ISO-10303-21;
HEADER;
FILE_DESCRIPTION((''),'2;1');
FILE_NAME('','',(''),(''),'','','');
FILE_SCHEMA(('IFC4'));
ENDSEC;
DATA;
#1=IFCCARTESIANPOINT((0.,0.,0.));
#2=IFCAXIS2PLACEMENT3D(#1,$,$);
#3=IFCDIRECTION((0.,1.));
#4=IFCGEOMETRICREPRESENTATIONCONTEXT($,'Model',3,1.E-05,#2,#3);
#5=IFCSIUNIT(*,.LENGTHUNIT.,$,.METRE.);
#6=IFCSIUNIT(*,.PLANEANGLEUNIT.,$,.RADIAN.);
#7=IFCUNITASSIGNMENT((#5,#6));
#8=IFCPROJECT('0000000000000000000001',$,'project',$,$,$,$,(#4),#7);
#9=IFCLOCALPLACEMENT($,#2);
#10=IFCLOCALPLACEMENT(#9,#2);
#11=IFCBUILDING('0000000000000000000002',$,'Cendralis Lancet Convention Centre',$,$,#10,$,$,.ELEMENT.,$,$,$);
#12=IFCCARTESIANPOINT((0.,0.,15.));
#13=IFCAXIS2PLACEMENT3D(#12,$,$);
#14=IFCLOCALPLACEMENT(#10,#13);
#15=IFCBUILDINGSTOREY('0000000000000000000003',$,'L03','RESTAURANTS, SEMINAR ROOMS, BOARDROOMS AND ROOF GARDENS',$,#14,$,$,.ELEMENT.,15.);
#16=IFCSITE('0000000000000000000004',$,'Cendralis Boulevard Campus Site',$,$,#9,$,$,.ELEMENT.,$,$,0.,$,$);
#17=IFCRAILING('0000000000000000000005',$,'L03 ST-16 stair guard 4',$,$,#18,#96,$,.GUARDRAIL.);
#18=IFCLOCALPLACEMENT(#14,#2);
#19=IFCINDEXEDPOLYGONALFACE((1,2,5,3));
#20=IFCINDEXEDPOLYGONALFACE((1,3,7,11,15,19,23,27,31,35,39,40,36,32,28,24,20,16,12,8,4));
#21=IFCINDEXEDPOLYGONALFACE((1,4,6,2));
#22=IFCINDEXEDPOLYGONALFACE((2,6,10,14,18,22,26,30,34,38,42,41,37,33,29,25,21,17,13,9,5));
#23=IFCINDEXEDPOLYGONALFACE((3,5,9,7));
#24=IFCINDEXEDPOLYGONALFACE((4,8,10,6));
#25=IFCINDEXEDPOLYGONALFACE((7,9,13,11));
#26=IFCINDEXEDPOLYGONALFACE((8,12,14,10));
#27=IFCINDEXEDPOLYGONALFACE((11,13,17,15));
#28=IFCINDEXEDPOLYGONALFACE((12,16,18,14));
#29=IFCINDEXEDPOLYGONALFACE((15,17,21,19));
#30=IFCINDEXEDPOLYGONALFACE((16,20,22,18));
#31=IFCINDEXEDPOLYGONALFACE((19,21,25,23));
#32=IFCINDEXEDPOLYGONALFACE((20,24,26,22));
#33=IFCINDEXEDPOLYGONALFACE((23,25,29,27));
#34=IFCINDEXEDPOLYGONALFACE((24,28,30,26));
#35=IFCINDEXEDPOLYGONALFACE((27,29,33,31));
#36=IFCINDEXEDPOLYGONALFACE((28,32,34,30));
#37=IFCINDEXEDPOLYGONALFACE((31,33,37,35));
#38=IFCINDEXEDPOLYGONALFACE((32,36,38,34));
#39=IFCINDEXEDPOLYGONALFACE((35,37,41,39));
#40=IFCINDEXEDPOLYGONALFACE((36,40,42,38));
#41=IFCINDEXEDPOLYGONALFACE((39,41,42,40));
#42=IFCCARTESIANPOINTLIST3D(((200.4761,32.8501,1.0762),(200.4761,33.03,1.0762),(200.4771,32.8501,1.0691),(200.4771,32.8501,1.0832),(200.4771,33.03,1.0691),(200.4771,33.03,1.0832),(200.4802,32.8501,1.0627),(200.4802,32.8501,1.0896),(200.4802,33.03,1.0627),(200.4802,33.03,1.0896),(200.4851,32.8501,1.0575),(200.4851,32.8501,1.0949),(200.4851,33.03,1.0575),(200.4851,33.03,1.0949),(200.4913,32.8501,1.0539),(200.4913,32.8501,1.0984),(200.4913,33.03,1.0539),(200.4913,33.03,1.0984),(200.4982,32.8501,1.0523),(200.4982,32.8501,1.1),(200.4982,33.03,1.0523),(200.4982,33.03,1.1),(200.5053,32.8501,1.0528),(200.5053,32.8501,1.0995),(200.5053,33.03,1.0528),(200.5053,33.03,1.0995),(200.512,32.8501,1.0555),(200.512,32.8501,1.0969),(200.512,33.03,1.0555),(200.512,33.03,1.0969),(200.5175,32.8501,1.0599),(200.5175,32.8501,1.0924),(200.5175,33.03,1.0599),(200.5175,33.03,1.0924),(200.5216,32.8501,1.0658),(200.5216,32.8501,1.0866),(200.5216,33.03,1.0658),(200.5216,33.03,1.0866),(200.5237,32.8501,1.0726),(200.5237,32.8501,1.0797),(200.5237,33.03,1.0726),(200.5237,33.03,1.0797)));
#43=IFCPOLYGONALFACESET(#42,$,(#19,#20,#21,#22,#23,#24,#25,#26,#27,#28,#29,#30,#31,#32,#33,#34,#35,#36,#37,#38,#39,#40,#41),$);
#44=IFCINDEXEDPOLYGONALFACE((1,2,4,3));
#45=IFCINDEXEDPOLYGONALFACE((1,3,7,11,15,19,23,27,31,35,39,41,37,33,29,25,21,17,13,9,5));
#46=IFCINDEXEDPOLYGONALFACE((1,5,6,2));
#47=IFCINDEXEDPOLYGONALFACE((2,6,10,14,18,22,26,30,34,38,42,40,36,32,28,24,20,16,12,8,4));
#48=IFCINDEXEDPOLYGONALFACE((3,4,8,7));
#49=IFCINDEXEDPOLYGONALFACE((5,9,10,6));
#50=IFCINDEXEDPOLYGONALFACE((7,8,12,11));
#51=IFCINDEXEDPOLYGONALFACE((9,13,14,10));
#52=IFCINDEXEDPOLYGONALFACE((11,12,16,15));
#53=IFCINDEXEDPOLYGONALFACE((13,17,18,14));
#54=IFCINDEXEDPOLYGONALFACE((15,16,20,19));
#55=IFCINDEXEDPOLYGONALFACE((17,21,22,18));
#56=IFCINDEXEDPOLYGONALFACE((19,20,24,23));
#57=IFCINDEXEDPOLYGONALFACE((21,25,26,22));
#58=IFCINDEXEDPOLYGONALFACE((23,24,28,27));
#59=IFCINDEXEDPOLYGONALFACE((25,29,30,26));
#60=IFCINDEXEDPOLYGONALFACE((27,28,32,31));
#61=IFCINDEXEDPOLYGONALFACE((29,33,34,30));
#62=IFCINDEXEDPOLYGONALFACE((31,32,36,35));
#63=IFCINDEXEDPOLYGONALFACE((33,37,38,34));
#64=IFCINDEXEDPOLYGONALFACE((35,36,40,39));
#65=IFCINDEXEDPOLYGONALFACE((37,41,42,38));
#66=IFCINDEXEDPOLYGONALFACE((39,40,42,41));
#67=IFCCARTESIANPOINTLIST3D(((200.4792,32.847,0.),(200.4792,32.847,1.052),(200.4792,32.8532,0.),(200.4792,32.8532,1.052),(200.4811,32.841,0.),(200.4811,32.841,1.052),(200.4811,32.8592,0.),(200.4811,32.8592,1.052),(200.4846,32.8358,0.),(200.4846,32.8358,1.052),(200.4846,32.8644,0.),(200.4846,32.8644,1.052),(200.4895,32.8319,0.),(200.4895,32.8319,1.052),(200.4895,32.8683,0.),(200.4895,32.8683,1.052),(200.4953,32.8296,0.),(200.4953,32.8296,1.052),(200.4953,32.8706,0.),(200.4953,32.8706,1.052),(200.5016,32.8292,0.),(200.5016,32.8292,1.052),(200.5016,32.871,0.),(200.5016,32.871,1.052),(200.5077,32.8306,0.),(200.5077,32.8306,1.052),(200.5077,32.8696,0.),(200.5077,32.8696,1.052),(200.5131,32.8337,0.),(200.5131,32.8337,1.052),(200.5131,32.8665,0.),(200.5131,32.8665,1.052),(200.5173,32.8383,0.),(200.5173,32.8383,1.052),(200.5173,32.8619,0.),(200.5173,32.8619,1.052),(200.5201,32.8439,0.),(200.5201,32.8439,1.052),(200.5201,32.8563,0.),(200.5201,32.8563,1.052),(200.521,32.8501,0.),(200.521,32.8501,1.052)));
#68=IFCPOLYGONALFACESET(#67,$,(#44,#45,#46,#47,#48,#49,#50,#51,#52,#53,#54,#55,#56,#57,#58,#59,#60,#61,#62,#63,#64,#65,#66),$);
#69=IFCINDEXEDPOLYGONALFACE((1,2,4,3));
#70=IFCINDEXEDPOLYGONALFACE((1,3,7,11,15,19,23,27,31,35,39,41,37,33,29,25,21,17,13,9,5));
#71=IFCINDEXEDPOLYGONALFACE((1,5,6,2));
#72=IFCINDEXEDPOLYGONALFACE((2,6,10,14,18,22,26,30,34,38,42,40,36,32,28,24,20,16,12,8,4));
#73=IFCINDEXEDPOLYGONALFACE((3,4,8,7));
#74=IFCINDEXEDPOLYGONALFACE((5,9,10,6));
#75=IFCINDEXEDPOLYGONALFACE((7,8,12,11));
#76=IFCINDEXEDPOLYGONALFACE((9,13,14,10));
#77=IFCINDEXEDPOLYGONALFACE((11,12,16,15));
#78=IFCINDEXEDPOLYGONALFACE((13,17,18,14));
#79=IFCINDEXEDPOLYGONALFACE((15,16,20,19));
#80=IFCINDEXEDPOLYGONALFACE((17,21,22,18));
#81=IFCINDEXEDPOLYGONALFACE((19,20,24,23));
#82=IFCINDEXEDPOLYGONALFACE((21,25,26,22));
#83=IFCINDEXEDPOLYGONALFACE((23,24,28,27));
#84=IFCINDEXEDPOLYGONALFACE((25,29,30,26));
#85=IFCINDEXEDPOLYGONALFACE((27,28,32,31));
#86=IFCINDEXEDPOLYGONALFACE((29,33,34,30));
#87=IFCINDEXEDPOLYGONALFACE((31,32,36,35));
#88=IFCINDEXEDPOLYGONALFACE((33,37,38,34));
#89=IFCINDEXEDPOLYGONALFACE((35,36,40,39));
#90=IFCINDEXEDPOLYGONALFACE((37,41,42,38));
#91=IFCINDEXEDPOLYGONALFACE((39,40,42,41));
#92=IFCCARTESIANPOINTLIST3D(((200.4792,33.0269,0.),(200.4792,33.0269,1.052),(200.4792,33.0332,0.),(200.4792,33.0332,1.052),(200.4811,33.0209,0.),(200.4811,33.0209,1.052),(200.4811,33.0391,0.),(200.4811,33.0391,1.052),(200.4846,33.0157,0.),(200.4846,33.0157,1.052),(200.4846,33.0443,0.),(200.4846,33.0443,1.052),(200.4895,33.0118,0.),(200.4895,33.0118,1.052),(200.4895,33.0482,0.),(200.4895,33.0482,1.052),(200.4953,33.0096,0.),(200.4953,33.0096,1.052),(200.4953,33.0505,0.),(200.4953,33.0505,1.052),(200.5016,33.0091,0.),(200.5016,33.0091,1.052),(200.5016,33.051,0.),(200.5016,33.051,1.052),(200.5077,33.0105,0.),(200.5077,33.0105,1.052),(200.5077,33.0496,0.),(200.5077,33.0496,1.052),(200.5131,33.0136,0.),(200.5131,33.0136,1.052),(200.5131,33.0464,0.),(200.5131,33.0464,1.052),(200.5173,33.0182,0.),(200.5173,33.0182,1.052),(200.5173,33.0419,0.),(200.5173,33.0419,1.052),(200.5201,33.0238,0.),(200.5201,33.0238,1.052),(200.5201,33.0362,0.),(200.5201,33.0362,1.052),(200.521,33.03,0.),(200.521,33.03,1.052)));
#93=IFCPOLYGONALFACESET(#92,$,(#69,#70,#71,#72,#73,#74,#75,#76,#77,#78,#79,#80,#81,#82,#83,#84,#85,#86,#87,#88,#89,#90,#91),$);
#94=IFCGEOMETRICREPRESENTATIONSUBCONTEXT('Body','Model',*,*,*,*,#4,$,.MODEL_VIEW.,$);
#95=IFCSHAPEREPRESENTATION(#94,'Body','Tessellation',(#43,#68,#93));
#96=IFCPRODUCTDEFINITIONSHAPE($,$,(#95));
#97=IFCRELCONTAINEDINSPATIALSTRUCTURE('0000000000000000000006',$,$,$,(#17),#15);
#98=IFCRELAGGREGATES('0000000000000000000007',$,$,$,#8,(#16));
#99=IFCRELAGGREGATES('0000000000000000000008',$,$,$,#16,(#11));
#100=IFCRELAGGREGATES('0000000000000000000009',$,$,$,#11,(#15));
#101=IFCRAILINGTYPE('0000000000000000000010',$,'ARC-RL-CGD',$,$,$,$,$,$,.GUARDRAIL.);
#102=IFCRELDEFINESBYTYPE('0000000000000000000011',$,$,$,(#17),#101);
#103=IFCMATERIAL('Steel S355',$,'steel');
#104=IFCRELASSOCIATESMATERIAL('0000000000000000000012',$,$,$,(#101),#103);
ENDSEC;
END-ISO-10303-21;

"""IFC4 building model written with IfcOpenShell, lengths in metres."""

from ifc_helpers import new_model, si_unit, direction, frame, origin, origin_2d, place, context, subcontext, project, spatial, circle, extrude, material, type_object, element, save


model = new_model("IFC4")

# Units and contexts
model_context = context("Model", 3, precision=1e-05, world=origin(), true_north=direction((0.0, 1.0)))
body_context = subcontext(model_context, "Body", "Model", "MODEL_VIEW")
ifc_project = project(units=[si_unit("LENGTHUNIT", "METRE"), si_unit("PLANEANGLEUNIT", "RADIAN")], contexts=[model_context])

# Site, building, storey
site_placement = place(None, origin())
site = spatial("IfcSite", under=ifc_project, at=site_placement, Name="Cendralis Boulevard Campus Site", CompositionType="ELEMENT", RefElevation=0.0)
building_placement = place(site_placement, origin())
building = spatial("IfcBuilding", under=site, at=building_placement, Name="Cendralis Lancet Convention Centre", CompositionType="ELEMENT")
storey_placement = place(building_placement, frame((0.0, 0.0, 15.0)))
storey = spatial("IfcBuildingStorey", under=building, at=storey_placement, Name="L03", Description="RESTAURANTS, SEMINAR ROOMS, BOARDROOMS AND ROOF GARDENS", CompositionType="ELEMENT", Elevation=15.0)

# Shared definitions
ifc_material_1 = material(Name="Steel S355", Category="steel")

# Railing
railing_type_1 = type_object("IfcRailingType", Name="ARC-RL-CGD", PredefinedType="GUARDRAIL", material=ifc_material_1)
railing_1_placement = place(storey_placement, frame((200.5, 32.8501, 0.0)))
element("IfcRailing", 1, at=railing_1_placement, inside=storey, type_object=railing_type_1, Name="L03 ST-16 stair guard 4", PredefinedType="GUARDRAIL", context=body_context, shape_type="SweptSolid", body=[
    extrude(circle(Radius=0.0239, at=origin_2d()), frame((0.0, 0.0, 1.0762), z_axis=(0.0, 1.0, 0.0), x_axis=(-1.0, 0.0, 0.0)), (0.0, 0.0, 1.0), 0.1799),
    extrude(circle(Radius=0.021, at=origin_2d()), origin(), (0.0, 0.0, 1.0), 1.052),
    extrude(circle(Radius=0.021, at=origin_2d()), frame((0.0, 0.1799, 0.0)), (0.0, 0.0, 1.0), 1.052),
])

save(model, "model.ifc")
